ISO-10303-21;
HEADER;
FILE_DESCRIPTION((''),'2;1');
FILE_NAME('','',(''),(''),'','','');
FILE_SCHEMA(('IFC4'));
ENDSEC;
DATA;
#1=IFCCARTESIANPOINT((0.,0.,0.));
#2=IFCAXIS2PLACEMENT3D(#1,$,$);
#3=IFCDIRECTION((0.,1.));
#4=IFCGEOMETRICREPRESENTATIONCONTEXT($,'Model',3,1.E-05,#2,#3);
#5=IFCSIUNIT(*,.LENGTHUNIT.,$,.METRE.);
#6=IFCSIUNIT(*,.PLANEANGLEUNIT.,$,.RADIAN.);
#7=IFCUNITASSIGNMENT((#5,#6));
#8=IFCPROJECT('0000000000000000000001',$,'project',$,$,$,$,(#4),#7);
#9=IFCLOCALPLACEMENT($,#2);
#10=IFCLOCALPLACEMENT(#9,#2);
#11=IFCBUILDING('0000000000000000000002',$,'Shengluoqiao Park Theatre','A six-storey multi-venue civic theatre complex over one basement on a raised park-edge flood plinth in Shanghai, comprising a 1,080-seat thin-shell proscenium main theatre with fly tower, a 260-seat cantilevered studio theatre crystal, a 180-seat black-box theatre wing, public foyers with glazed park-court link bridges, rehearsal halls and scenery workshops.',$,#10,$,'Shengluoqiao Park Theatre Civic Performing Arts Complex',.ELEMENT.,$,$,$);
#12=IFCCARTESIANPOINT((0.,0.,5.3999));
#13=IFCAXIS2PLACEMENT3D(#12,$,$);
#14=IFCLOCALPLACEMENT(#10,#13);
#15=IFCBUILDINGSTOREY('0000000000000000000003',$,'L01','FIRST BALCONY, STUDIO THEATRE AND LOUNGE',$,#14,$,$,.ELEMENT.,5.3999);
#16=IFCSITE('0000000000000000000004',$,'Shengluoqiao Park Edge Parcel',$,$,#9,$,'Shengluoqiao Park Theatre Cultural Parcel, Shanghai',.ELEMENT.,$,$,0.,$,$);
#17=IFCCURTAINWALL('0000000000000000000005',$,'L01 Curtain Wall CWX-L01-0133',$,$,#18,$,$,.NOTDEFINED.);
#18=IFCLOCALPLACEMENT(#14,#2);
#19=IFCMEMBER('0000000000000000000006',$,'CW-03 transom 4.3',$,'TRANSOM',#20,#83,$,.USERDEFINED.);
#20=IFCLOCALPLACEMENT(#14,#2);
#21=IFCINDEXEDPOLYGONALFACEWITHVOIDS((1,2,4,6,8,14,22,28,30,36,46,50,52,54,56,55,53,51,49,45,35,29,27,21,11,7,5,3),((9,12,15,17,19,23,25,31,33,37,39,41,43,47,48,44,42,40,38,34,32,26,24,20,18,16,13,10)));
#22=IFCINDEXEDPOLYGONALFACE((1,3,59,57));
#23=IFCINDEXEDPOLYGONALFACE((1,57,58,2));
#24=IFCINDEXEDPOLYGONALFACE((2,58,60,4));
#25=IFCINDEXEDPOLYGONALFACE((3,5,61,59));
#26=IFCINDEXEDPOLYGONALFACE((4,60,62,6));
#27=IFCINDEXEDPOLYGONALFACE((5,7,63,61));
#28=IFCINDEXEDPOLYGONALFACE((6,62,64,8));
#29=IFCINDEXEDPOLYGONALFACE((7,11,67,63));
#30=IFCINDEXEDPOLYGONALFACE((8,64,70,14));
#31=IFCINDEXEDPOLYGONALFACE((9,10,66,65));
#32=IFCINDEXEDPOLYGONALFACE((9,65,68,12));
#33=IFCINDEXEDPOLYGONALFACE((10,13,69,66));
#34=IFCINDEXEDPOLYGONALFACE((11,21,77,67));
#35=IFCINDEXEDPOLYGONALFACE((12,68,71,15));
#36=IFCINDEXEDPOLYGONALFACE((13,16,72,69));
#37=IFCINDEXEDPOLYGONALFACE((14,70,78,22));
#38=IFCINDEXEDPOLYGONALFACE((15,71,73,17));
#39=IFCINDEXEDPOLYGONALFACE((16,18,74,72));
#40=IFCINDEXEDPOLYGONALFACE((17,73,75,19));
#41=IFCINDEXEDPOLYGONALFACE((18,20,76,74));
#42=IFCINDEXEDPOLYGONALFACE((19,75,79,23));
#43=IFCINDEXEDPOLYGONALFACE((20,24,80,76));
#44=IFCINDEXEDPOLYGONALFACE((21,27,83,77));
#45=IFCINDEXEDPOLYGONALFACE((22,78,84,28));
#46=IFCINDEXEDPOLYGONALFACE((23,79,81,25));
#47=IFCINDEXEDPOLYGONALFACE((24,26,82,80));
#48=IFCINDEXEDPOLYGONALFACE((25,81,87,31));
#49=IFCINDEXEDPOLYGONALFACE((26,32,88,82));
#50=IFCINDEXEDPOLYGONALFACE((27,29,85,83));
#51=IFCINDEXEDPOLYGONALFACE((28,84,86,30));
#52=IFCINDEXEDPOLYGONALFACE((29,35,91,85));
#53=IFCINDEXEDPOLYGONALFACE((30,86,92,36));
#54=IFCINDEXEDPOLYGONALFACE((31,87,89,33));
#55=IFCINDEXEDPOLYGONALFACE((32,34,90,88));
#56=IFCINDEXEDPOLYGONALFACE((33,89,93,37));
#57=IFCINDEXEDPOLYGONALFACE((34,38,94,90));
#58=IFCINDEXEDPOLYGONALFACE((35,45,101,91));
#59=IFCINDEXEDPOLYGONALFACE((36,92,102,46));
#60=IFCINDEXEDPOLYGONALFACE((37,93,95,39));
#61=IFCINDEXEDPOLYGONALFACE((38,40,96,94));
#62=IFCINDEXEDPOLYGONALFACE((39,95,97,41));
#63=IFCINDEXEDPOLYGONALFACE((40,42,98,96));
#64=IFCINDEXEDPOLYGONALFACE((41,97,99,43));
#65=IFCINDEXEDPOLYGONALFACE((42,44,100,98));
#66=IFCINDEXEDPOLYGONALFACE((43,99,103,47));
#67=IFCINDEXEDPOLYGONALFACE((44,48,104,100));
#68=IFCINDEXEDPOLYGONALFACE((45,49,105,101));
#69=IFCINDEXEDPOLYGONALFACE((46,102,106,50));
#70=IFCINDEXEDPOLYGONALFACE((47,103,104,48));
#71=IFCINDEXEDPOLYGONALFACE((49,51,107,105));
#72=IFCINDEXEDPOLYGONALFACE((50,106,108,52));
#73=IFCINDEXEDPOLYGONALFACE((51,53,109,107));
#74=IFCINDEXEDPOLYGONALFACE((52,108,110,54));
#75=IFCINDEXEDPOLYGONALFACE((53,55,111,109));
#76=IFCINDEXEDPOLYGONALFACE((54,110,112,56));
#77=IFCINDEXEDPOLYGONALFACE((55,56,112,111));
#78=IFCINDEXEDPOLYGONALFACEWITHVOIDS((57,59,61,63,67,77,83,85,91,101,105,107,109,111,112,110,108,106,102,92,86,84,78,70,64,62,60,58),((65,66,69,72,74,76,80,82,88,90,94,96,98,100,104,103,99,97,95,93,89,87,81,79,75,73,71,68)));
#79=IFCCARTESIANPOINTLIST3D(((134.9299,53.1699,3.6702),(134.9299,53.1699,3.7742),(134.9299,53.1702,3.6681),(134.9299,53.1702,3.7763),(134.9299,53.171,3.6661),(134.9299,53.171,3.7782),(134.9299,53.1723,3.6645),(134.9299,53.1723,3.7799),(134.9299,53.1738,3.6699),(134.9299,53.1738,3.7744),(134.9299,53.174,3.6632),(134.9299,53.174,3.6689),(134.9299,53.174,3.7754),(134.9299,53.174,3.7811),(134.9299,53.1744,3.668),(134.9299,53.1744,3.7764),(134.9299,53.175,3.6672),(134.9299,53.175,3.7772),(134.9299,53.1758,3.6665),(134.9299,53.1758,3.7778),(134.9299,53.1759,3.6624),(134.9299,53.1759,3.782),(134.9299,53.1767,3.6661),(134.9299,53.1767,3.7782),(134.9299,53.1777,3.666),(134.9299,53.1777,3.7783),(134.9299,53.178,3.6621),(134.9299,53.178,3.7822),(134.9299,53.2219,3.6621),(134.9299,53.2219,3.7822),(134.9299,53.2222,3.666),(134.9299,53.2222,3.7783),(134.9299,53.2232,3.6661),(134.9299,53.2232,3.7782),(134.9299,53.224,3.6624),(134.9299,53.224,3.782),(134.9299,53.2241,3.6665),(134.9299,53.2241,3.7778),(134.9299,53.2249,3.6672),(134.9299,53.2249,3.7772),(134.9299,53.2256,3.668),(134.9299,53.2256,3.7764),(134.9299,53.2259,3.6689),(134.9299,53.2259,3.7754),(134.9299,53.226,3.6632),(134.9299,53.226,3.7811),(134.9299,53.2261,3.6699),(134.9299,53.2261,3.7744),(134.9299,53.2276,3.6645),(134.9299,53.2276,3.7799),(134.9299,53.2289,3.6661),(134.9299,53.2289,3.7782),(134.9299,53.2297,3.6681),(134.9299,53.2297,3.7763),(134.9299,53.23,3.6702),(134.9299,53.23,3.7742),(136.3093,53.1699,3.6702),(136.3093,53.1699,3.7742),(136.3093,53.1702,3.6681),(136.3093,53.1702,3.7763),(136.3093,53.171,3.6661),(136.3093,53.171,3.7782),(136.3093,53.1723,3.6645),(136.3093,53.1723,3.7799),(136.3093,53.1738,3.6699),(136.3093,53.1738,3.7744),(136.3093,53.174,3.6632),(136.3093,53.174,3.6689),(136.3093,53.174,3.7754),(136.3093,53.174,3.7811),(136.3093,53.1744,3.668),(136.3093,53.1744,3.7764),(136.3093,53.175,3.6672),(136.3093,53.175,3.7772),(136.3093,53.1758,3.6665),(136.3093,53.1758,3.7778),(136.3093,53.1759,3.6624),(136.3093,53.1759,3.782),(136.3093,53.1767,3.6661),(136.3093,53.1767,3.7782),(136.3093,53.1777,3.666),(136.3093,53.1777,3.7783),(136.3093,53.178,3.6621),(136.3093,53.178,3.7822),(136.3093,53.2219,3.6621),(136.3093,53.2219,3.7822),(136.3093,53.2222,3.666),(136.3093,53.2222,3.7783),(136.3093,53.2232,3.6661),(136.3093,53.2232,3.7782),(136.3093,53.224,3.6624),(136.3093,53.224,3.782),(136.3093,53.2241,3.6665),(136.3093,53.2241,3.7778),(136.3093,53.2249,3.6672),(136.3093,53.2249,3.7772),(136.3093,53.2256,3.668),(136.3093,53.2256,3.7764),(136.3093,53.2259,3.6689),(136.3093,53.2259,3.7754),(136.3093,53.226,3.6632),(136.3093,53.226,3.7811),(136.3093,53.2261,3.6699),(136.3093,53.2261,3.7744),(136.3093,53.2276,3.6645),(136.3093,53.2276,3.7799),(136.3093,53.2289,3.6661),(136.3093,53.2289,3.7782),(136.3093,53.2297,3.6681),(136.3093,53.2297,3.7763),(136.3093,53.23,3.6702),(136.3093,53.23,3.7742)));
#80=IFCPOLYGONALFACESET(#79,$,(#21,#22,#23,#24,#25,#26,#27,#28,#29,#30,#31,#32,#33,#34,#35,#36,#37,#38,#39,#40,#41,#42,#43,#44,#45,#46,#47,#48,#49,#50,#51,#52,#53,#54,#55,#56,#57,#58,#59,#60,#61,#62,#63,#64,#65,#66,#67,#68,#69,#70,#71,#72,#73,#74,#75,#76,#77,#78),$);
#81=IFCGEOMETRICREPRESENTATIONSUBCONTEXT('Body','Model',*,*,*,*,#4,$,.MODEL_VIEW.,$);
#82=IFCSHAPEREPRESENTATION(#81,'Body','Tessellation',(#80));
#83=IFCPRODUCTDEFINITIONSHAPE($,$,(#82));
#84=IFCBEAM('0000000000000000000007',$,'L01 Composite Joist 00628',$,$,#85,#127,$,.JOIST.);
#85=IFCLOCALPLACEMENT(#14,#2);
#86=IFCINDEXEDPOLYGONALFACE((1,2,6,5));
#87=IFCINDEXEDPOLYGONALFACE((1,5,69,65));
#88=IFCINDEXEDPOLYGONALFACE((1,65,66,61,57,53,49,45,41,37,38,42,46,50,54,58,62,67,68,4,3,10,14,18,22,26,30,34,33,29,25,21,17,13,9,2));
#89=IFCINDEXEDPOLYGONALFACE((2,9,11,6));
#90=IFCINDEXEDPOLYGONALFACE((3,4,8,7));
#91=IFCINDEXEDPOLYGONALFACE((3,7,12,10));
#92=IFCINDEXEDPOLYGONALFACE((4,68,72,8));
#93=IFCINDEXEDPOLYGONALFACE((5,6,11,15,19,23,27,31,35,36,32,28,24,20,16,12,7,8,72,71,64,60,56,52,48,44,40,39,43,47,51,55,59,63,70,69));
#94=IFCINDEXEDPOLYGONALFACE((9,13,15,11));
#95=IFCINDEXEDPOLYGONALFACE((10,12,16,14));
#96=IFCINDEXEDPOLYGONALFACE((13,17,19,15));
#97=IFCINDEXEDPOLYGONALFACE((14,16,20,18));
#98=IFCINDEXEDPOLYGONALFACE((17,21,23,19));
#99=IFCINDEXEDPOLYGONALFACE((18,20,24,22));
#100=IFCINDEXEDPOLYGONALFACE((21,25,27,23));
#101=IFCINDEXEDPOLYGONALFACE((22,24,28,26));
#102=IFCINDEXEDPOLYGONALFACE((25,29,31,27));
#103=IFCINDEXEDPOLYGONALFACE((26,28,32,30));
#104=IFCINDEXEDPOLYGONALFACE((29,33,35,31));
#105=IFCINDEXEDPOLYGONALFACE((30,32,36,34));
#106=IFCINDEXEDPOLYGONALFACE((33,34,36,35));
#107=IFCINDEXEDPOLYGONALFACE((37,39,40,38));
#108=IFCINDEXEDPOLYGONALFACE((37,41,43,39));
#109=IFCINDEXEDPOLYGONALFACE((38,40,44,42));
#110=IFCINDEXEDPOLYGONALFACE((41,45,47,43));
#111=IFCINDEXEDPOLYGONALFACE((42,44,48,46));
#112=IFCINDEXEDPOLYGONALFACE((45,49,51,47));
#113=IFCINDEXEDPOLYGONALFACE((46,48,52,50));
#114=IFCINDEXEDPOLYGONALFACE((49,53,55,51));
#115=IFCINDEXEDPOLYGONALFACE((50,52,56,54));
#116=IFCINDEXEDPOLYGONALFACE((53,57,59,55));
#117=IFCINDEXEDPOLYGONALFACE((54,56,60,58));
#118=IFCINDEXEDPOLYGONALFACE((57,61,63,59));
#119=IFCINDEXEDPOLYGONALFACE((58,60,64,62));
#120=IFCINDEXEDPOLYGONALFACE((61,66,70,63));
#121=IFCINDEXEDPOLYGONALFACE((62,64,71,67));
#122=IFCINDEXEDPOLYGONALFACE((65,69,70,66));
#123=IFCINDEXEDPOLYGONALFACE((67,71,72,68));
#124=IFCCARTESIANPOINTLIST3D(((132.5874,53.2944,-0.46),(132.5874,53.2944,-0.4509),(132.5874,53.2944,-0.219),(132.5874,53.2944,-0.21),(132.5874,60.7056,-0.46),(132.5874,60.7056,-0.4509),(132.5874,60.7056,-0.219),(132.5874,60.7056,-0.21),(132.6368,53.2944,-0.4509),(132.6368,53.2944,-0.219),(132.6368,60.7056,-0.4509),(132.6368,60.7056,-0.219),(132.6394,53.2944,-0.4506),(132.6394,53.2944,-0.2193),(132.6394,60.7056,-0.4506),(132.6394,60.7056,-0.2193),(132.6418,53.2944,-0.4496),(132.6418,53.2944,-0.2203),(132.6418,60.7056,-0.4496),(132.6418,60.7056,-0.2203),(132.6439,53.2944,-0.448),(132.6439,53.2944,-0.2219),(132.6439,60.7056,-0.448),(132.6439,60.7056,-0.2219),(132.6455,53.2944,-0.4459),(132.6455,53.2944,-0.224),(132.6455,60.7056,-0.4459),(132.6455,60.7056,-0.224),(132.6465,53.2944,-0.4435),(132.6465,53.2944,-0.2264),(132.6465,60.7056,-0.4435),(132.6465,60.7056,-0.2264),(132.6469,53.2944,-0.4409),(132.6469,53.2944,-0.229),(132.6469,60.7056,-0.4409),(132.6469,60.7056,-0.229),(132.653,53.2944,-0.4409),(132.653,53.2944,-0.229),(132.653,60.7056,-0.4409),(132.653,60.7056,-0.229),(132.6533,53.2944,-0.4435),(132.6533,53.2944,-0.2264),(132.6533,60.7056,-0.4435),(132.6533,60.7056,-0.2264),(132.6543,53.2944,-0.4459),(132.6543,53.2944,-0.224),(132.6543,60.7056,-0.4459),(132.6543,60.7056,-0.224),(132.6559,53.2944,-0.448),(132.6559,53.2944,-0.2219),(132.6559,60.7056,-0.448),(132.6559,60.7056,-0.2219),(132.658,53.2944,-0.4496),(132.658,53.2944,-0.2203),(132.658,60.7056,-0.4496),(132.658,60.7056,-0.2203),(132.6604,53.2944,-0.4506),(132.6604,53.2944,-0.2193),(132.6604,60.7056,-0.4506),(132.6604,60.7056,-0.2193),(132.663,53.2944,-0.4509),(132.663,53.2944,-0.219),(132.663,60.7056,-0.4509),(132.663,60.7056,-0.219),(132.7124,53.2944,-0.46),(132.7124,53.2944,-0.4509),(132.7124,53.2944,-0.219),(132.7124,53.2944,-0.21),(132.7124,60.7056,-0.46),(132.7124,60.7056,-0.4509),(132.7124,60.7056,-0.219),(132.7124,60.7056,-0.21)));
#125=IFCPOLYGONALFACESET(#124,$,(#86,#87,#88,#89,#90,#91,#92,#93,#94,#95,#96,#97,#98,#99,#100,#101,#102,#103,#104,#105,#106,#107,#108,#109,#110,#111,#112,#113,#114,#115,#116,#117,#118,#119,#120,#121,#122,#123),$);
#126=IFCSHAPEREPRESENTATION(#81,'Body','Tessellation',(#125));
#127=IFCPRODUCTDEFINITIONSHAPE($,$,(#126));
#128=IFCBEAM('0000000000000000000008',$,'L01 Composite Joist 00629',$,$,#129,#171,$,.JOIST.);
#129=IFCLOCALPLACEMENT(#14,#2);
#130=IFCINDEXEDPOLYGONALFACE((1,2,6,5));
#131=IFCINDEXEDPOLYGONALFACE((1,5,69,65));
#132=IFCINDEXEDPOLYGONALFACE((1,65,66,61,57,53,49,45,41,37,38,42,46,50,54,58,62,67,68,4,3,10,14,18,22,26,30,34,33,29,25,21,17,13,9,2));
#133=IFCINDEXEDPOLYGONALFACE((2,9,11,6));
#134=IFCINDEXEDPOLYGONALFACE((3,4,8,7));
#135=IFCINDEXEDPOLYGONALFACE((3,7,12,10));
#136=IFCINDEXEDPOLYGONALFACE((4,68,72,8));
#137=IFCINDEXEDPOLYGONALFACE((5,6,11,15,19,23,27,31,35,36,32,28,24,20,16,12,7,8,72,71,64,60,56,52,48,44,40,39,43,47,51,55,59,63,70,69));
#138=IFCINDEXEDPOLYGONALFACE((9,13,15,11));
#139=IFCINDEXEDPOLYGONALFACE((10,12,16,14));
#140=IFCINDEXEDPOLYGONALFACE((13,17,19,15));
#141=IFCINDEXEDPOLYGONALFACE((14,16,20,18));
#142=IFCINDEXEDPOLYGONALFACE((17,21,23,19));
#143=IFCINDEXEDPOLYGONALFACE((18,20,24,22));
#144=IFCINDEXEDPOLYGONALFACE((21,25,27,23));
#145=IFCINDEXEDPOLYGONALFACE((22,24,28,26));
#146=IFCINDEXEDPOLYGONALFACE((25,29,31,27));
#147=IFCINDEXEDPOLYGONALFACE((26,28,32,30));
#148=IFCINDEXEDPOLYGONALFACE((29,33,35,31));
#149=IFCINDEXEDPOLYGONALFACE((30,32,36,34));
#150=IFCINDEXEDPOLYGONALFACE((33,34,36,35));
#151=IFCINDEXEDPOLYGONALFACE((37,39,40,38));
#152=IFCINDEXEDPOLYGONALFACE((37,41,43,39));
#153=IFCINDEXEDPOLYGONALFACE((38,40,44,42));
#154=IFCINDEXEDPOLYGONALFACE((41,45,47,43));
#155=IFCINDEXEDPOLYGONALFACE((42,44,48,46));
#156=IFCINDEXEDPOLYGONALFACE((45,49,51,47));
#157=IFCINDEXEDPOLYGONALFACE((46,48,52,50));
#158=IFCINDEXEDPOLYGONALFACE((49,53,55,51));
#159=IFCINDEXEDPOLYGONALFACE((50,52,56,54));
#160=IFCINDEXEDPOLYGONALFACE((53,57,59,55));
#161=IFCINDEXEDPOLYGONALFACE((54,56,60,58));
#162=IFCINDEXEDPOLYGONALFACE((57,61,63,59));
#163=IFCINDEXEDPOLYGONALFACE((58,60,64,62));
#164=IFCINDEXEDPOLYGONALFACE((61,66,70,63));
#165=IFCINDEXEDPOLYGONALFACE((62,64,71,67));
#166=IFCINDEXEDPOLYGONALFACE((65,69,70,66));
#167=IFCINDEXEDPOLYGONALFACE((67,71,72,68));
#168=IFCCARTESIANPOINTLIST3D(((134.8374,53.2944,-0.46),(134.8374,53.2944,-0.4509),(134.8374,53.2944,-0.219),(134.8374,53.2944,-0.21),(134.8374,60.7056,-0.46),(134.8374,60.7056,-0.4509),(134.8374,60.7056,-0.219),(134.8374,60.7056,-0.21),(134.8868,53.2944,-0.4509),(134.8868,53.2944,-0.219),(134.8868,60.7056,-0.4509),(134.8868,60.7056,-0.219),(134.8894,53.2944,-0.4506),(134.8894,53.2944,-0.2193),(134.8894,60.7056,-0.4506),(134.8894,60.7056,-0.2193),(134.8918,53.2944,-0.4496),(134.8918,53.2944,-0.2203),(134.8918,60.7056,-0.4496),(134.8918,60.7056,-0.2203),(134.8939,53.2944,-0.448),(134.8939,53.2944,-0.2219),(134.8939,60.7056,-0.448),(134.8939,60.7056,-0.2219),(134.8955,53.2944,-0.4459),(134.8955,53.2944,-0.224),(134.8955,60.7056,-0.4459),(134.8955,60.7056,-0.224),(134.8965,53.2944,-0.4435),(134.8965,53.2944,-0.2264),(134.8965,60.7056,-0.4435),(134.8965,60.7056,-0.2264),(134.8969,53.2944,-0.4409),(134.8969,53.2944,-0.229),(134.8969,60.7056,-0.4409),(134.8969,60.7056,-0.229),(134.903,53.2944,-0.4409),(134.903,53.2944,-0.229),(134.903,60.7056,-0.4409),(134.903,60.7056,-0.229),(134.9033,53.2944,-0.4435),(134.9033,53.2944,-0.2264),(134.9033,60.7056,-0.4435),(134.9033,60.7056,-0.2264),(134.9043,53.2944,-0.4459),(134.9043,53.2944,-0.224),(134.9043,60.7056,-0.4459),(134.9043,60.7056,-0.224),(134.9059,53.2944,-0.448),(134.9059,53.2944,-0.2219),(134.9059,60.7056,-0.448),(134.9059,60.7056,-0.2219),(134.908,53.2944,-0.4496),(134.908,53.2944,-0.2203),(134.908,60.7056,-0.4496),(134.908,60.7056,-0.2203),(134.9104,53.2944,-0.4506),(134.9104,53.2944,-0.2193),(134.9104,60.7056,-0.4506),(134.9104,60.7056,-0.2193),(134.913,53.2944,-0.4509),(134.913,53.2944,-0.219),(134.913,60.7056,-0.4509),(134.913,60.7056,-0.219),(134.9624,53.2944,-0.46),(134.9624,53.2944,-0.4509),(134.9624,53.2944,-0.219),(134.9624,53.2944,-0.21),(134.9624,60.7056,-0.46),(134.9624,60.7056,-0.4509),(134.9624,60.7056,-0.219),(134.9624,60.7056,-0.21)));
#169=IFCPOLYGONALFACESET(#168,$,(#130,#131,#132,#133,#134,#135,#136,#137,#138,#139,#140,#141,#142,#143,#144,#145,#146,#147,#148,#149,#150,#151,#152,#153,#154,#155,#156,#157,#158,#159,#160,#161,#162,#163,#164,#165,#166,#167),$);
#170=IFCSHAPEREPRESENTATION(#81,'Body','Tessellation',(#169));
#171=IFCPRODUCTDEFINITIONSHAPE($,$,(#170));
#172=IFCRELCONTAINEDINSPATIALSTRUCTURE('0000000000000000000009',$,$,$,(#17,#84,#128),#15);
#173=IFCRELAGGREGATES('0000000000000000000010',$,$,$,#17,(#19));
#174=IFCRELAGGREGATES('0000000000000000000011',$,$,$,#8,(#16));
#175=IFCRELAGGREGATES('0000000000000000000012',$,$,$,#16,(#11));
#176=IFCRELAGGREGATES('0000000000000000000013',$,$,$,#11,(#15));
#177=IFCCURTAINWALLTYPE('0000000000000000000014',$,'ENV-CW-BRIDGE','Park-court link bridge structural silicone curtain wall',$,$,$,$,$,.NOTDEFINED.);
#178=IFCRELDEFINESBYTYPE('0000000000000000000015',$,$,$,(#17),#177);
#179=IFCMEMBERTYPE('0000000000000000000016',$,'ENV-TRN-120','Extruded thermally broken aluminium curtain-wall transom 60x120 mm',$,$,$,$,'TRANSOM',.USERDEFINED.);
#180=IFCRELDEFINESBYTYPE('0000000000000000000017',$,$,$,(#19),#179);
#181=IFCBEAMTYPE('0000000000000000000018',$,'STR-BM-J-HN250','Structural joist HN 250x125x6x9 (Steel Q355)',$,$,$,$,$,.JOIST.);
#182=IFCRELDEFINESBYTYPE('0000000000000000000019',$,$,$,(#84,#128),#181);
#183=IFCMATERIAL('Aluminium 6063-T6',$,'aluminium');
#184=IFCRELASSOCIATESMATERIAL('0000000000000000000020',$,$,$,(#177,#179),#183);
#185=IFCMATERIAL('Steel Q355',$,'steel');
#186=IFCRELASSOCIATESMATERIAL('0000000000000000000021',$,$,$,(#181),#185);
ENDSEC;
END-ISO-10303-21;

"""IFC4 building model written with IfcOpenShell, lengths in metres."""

from ifc_helpers import new_model, si_unit, direction, frame, origin, origin_2d, place, context, subcontext, project, spatial, hollow_rectangle, i_section, extrude, material, material_profile, profile_set, type_object, element, aggregate, save


model = new_model("IFC4")

# Units and contexts
model_context = context("Model", 3, precision=1e-05, world=origin(), true_north=direction((0.0, 1.0)))
body_context = subcontext(model_context, "Body", "Model", "MODEL_VIEW")
ifc_project = project(units=[si_unit("LENGTHUNIT", "METRE"), si_unit("PLANEANGLEUNIT", "RADIAN")], contexts=[model_context])

# Site, building, storey
site_placement = place(None, origin())
site = spatial("IfcSite", under=ifc_project, at=site_placement, Name="Shengluoqiao Park Edge Parcel", LongName="Shengluoqiao Park Theatre Cultural Parcel, Shanghai", CompositionType="ELEMENT", RefElevation=0.0)
building_placement = place(site_placement, origin())
building = spatial("IfcBuilding", under=site, at=building_placement, Name="Shengluoqiao Park Theatre", Description="A six-storey multi-venue civic theatre complex over one basement on a raised park-edge flood plinth in Shanghai, comprising a 1,080-seat thin-shell proscenium main theatre with fly tower, a 260-seat cantilevered studio theatre crystal, a 180-seat black-box theatre wing, public foyers with glazed park-court link bridges, rehearsal halls and scenery workshops.", LongName="Shengluoqiao Park Theatre Civic Performing Arts Complex", CompositionType="ELEMENT")
storey_placement = place(building_placement, frame((0.0, 0.0, 5.3999)))
storey = spatial("IfcBuildingStorey", under=building, at=storey_placement, Name="L01", Description="FIRST BALCONY, STUDIO THEATRE AND LOUNGE", CompositionType="ELEMENT", Elevation=5.3999)

# Shared definitions
ifc_material_1 = material(Name="Steel Q355", Category="steel")

# Shared definitions
ifc_material_2 = material(Name="Aluminium 6063-T6", Category="aluminium")
curtain_wall_type = type_object("IfcCurtainWallType", Name="ENV-CW-BRIDGE", Description="Park-court link bridge structural silicone curtain wall", PredefinedType="NOTDEFINED", material=ifc_material_2)

# Curtain wall, member
curtain_wall_1_placement = place(storey_placement, origin())
curtain_wall_1 = element("IfcCurtainWall", 1, at=curtain_wall_1_placement, inside=storey, type_object=curtain_wall_type, Name="L01 Curtain Wall CWX-L01-0133", PredefinedType="NOTDEFINED")
ifc_material_profile_1 = material_profile(ifc_material_2, hollow_rectangle(XDim=0.0601, YDim=0.1201, WallThickness=0.0039, InnerFilletRadius=0.0039, OuterFilletRadius=0.0081, at=origin_2d()), Name="ALU TRANSOM 120x60x4")
ifc_profile_set_1 = profile_set([ifc_material_profile_1], Name="Aluminium 6063-T6")
member_type_1 = type_object("IfcMemberType", Name="ENV-TRN-120", Description="Extruded thermally broken aluminium curtain-wall transom 60x120 mm", ElementType="TRANSOM", PredefinedType="USERDEFINED", material=ifc_profile_set_1)
member_1_placement = place(storey_placement, frame((134.9299, 53.2, 3.7222), z_axis=(1.0, 0.0, 0.0), x_axis=(0.0, 1.0, 0.0)))
member_1 = element("IfcMember", 2, at=member_1_placement, type_object=member_type_1, Name="CW-03 transom 4.3", ObjectType="TRANSOM", PredefinedType="USERDEFINED", context=body_context, shape_type="SweptSolid", body=[
    extrude(hollow_rectangle(XDim=0.0601, YDim=0.1201, WallThickness=0.0039, InnerFilletRadius=0.0039, OuterFilletRadius=0.0081, at=origin_2d()), origin(), (0.0, 0.0, 1.0), 1.3794),
])

# Beams
ifc_material_profile_2 = material_profile(ifc_material_1, i_section(OverallWidth=0.125, OverallDepth=0.25, WebThickness=0.0061, FlangeThickness=0.009, FilletRadius=0.01, at=origin_2d()), Name="HN 250x125x6x9")
ifc_profile_set_2 = profile_set([ifc_material_profile_2], Name="Steel Q355")
beam_type_1 = type_object("IfcBeamType", Name="STR-BM-J-HN250", Description="Structural joist HN 250x125x6x9 (Steel Q355)", PredefinedType="JOIST", material=ifc_profile_set_2)
for number, where, z_axis, x_axis, name in (
    (3, (132.6499, 53.2944, -0.335), (0.0, 1.0, 0.0), (-1.0, 0.0, 0.0), "L01 Composite Joist 00628"),
    (4, (134.8999, 53.2944, -0.335), (0.0, 1.0, 0.0), (-1.0, 0.0, 0.0), "L01 Composite Joist 00629"),
):
    element("IfcBeam", number, at=place(storey_placement, frame(where, z_axis=z_axis, x_axis=x_axis)), inside=storey, type_object=beam_type_1, Name=name, PredefinedType="JOIST", context=body_context, shape_type="SweptSolid", body=[
        extrude(i_section(OverallWidth=0.125, OverallDepth=0.25, WebThickness=0.0061, FlangeThickness=0.009, FilletRadius=0.01, at=origin_2d()), origin(), (0.0, 0.0, 1.0), 7.4111),
    ])

aggregate(curtain_wall_1, [member_1])

save(model, "model.ifc")
